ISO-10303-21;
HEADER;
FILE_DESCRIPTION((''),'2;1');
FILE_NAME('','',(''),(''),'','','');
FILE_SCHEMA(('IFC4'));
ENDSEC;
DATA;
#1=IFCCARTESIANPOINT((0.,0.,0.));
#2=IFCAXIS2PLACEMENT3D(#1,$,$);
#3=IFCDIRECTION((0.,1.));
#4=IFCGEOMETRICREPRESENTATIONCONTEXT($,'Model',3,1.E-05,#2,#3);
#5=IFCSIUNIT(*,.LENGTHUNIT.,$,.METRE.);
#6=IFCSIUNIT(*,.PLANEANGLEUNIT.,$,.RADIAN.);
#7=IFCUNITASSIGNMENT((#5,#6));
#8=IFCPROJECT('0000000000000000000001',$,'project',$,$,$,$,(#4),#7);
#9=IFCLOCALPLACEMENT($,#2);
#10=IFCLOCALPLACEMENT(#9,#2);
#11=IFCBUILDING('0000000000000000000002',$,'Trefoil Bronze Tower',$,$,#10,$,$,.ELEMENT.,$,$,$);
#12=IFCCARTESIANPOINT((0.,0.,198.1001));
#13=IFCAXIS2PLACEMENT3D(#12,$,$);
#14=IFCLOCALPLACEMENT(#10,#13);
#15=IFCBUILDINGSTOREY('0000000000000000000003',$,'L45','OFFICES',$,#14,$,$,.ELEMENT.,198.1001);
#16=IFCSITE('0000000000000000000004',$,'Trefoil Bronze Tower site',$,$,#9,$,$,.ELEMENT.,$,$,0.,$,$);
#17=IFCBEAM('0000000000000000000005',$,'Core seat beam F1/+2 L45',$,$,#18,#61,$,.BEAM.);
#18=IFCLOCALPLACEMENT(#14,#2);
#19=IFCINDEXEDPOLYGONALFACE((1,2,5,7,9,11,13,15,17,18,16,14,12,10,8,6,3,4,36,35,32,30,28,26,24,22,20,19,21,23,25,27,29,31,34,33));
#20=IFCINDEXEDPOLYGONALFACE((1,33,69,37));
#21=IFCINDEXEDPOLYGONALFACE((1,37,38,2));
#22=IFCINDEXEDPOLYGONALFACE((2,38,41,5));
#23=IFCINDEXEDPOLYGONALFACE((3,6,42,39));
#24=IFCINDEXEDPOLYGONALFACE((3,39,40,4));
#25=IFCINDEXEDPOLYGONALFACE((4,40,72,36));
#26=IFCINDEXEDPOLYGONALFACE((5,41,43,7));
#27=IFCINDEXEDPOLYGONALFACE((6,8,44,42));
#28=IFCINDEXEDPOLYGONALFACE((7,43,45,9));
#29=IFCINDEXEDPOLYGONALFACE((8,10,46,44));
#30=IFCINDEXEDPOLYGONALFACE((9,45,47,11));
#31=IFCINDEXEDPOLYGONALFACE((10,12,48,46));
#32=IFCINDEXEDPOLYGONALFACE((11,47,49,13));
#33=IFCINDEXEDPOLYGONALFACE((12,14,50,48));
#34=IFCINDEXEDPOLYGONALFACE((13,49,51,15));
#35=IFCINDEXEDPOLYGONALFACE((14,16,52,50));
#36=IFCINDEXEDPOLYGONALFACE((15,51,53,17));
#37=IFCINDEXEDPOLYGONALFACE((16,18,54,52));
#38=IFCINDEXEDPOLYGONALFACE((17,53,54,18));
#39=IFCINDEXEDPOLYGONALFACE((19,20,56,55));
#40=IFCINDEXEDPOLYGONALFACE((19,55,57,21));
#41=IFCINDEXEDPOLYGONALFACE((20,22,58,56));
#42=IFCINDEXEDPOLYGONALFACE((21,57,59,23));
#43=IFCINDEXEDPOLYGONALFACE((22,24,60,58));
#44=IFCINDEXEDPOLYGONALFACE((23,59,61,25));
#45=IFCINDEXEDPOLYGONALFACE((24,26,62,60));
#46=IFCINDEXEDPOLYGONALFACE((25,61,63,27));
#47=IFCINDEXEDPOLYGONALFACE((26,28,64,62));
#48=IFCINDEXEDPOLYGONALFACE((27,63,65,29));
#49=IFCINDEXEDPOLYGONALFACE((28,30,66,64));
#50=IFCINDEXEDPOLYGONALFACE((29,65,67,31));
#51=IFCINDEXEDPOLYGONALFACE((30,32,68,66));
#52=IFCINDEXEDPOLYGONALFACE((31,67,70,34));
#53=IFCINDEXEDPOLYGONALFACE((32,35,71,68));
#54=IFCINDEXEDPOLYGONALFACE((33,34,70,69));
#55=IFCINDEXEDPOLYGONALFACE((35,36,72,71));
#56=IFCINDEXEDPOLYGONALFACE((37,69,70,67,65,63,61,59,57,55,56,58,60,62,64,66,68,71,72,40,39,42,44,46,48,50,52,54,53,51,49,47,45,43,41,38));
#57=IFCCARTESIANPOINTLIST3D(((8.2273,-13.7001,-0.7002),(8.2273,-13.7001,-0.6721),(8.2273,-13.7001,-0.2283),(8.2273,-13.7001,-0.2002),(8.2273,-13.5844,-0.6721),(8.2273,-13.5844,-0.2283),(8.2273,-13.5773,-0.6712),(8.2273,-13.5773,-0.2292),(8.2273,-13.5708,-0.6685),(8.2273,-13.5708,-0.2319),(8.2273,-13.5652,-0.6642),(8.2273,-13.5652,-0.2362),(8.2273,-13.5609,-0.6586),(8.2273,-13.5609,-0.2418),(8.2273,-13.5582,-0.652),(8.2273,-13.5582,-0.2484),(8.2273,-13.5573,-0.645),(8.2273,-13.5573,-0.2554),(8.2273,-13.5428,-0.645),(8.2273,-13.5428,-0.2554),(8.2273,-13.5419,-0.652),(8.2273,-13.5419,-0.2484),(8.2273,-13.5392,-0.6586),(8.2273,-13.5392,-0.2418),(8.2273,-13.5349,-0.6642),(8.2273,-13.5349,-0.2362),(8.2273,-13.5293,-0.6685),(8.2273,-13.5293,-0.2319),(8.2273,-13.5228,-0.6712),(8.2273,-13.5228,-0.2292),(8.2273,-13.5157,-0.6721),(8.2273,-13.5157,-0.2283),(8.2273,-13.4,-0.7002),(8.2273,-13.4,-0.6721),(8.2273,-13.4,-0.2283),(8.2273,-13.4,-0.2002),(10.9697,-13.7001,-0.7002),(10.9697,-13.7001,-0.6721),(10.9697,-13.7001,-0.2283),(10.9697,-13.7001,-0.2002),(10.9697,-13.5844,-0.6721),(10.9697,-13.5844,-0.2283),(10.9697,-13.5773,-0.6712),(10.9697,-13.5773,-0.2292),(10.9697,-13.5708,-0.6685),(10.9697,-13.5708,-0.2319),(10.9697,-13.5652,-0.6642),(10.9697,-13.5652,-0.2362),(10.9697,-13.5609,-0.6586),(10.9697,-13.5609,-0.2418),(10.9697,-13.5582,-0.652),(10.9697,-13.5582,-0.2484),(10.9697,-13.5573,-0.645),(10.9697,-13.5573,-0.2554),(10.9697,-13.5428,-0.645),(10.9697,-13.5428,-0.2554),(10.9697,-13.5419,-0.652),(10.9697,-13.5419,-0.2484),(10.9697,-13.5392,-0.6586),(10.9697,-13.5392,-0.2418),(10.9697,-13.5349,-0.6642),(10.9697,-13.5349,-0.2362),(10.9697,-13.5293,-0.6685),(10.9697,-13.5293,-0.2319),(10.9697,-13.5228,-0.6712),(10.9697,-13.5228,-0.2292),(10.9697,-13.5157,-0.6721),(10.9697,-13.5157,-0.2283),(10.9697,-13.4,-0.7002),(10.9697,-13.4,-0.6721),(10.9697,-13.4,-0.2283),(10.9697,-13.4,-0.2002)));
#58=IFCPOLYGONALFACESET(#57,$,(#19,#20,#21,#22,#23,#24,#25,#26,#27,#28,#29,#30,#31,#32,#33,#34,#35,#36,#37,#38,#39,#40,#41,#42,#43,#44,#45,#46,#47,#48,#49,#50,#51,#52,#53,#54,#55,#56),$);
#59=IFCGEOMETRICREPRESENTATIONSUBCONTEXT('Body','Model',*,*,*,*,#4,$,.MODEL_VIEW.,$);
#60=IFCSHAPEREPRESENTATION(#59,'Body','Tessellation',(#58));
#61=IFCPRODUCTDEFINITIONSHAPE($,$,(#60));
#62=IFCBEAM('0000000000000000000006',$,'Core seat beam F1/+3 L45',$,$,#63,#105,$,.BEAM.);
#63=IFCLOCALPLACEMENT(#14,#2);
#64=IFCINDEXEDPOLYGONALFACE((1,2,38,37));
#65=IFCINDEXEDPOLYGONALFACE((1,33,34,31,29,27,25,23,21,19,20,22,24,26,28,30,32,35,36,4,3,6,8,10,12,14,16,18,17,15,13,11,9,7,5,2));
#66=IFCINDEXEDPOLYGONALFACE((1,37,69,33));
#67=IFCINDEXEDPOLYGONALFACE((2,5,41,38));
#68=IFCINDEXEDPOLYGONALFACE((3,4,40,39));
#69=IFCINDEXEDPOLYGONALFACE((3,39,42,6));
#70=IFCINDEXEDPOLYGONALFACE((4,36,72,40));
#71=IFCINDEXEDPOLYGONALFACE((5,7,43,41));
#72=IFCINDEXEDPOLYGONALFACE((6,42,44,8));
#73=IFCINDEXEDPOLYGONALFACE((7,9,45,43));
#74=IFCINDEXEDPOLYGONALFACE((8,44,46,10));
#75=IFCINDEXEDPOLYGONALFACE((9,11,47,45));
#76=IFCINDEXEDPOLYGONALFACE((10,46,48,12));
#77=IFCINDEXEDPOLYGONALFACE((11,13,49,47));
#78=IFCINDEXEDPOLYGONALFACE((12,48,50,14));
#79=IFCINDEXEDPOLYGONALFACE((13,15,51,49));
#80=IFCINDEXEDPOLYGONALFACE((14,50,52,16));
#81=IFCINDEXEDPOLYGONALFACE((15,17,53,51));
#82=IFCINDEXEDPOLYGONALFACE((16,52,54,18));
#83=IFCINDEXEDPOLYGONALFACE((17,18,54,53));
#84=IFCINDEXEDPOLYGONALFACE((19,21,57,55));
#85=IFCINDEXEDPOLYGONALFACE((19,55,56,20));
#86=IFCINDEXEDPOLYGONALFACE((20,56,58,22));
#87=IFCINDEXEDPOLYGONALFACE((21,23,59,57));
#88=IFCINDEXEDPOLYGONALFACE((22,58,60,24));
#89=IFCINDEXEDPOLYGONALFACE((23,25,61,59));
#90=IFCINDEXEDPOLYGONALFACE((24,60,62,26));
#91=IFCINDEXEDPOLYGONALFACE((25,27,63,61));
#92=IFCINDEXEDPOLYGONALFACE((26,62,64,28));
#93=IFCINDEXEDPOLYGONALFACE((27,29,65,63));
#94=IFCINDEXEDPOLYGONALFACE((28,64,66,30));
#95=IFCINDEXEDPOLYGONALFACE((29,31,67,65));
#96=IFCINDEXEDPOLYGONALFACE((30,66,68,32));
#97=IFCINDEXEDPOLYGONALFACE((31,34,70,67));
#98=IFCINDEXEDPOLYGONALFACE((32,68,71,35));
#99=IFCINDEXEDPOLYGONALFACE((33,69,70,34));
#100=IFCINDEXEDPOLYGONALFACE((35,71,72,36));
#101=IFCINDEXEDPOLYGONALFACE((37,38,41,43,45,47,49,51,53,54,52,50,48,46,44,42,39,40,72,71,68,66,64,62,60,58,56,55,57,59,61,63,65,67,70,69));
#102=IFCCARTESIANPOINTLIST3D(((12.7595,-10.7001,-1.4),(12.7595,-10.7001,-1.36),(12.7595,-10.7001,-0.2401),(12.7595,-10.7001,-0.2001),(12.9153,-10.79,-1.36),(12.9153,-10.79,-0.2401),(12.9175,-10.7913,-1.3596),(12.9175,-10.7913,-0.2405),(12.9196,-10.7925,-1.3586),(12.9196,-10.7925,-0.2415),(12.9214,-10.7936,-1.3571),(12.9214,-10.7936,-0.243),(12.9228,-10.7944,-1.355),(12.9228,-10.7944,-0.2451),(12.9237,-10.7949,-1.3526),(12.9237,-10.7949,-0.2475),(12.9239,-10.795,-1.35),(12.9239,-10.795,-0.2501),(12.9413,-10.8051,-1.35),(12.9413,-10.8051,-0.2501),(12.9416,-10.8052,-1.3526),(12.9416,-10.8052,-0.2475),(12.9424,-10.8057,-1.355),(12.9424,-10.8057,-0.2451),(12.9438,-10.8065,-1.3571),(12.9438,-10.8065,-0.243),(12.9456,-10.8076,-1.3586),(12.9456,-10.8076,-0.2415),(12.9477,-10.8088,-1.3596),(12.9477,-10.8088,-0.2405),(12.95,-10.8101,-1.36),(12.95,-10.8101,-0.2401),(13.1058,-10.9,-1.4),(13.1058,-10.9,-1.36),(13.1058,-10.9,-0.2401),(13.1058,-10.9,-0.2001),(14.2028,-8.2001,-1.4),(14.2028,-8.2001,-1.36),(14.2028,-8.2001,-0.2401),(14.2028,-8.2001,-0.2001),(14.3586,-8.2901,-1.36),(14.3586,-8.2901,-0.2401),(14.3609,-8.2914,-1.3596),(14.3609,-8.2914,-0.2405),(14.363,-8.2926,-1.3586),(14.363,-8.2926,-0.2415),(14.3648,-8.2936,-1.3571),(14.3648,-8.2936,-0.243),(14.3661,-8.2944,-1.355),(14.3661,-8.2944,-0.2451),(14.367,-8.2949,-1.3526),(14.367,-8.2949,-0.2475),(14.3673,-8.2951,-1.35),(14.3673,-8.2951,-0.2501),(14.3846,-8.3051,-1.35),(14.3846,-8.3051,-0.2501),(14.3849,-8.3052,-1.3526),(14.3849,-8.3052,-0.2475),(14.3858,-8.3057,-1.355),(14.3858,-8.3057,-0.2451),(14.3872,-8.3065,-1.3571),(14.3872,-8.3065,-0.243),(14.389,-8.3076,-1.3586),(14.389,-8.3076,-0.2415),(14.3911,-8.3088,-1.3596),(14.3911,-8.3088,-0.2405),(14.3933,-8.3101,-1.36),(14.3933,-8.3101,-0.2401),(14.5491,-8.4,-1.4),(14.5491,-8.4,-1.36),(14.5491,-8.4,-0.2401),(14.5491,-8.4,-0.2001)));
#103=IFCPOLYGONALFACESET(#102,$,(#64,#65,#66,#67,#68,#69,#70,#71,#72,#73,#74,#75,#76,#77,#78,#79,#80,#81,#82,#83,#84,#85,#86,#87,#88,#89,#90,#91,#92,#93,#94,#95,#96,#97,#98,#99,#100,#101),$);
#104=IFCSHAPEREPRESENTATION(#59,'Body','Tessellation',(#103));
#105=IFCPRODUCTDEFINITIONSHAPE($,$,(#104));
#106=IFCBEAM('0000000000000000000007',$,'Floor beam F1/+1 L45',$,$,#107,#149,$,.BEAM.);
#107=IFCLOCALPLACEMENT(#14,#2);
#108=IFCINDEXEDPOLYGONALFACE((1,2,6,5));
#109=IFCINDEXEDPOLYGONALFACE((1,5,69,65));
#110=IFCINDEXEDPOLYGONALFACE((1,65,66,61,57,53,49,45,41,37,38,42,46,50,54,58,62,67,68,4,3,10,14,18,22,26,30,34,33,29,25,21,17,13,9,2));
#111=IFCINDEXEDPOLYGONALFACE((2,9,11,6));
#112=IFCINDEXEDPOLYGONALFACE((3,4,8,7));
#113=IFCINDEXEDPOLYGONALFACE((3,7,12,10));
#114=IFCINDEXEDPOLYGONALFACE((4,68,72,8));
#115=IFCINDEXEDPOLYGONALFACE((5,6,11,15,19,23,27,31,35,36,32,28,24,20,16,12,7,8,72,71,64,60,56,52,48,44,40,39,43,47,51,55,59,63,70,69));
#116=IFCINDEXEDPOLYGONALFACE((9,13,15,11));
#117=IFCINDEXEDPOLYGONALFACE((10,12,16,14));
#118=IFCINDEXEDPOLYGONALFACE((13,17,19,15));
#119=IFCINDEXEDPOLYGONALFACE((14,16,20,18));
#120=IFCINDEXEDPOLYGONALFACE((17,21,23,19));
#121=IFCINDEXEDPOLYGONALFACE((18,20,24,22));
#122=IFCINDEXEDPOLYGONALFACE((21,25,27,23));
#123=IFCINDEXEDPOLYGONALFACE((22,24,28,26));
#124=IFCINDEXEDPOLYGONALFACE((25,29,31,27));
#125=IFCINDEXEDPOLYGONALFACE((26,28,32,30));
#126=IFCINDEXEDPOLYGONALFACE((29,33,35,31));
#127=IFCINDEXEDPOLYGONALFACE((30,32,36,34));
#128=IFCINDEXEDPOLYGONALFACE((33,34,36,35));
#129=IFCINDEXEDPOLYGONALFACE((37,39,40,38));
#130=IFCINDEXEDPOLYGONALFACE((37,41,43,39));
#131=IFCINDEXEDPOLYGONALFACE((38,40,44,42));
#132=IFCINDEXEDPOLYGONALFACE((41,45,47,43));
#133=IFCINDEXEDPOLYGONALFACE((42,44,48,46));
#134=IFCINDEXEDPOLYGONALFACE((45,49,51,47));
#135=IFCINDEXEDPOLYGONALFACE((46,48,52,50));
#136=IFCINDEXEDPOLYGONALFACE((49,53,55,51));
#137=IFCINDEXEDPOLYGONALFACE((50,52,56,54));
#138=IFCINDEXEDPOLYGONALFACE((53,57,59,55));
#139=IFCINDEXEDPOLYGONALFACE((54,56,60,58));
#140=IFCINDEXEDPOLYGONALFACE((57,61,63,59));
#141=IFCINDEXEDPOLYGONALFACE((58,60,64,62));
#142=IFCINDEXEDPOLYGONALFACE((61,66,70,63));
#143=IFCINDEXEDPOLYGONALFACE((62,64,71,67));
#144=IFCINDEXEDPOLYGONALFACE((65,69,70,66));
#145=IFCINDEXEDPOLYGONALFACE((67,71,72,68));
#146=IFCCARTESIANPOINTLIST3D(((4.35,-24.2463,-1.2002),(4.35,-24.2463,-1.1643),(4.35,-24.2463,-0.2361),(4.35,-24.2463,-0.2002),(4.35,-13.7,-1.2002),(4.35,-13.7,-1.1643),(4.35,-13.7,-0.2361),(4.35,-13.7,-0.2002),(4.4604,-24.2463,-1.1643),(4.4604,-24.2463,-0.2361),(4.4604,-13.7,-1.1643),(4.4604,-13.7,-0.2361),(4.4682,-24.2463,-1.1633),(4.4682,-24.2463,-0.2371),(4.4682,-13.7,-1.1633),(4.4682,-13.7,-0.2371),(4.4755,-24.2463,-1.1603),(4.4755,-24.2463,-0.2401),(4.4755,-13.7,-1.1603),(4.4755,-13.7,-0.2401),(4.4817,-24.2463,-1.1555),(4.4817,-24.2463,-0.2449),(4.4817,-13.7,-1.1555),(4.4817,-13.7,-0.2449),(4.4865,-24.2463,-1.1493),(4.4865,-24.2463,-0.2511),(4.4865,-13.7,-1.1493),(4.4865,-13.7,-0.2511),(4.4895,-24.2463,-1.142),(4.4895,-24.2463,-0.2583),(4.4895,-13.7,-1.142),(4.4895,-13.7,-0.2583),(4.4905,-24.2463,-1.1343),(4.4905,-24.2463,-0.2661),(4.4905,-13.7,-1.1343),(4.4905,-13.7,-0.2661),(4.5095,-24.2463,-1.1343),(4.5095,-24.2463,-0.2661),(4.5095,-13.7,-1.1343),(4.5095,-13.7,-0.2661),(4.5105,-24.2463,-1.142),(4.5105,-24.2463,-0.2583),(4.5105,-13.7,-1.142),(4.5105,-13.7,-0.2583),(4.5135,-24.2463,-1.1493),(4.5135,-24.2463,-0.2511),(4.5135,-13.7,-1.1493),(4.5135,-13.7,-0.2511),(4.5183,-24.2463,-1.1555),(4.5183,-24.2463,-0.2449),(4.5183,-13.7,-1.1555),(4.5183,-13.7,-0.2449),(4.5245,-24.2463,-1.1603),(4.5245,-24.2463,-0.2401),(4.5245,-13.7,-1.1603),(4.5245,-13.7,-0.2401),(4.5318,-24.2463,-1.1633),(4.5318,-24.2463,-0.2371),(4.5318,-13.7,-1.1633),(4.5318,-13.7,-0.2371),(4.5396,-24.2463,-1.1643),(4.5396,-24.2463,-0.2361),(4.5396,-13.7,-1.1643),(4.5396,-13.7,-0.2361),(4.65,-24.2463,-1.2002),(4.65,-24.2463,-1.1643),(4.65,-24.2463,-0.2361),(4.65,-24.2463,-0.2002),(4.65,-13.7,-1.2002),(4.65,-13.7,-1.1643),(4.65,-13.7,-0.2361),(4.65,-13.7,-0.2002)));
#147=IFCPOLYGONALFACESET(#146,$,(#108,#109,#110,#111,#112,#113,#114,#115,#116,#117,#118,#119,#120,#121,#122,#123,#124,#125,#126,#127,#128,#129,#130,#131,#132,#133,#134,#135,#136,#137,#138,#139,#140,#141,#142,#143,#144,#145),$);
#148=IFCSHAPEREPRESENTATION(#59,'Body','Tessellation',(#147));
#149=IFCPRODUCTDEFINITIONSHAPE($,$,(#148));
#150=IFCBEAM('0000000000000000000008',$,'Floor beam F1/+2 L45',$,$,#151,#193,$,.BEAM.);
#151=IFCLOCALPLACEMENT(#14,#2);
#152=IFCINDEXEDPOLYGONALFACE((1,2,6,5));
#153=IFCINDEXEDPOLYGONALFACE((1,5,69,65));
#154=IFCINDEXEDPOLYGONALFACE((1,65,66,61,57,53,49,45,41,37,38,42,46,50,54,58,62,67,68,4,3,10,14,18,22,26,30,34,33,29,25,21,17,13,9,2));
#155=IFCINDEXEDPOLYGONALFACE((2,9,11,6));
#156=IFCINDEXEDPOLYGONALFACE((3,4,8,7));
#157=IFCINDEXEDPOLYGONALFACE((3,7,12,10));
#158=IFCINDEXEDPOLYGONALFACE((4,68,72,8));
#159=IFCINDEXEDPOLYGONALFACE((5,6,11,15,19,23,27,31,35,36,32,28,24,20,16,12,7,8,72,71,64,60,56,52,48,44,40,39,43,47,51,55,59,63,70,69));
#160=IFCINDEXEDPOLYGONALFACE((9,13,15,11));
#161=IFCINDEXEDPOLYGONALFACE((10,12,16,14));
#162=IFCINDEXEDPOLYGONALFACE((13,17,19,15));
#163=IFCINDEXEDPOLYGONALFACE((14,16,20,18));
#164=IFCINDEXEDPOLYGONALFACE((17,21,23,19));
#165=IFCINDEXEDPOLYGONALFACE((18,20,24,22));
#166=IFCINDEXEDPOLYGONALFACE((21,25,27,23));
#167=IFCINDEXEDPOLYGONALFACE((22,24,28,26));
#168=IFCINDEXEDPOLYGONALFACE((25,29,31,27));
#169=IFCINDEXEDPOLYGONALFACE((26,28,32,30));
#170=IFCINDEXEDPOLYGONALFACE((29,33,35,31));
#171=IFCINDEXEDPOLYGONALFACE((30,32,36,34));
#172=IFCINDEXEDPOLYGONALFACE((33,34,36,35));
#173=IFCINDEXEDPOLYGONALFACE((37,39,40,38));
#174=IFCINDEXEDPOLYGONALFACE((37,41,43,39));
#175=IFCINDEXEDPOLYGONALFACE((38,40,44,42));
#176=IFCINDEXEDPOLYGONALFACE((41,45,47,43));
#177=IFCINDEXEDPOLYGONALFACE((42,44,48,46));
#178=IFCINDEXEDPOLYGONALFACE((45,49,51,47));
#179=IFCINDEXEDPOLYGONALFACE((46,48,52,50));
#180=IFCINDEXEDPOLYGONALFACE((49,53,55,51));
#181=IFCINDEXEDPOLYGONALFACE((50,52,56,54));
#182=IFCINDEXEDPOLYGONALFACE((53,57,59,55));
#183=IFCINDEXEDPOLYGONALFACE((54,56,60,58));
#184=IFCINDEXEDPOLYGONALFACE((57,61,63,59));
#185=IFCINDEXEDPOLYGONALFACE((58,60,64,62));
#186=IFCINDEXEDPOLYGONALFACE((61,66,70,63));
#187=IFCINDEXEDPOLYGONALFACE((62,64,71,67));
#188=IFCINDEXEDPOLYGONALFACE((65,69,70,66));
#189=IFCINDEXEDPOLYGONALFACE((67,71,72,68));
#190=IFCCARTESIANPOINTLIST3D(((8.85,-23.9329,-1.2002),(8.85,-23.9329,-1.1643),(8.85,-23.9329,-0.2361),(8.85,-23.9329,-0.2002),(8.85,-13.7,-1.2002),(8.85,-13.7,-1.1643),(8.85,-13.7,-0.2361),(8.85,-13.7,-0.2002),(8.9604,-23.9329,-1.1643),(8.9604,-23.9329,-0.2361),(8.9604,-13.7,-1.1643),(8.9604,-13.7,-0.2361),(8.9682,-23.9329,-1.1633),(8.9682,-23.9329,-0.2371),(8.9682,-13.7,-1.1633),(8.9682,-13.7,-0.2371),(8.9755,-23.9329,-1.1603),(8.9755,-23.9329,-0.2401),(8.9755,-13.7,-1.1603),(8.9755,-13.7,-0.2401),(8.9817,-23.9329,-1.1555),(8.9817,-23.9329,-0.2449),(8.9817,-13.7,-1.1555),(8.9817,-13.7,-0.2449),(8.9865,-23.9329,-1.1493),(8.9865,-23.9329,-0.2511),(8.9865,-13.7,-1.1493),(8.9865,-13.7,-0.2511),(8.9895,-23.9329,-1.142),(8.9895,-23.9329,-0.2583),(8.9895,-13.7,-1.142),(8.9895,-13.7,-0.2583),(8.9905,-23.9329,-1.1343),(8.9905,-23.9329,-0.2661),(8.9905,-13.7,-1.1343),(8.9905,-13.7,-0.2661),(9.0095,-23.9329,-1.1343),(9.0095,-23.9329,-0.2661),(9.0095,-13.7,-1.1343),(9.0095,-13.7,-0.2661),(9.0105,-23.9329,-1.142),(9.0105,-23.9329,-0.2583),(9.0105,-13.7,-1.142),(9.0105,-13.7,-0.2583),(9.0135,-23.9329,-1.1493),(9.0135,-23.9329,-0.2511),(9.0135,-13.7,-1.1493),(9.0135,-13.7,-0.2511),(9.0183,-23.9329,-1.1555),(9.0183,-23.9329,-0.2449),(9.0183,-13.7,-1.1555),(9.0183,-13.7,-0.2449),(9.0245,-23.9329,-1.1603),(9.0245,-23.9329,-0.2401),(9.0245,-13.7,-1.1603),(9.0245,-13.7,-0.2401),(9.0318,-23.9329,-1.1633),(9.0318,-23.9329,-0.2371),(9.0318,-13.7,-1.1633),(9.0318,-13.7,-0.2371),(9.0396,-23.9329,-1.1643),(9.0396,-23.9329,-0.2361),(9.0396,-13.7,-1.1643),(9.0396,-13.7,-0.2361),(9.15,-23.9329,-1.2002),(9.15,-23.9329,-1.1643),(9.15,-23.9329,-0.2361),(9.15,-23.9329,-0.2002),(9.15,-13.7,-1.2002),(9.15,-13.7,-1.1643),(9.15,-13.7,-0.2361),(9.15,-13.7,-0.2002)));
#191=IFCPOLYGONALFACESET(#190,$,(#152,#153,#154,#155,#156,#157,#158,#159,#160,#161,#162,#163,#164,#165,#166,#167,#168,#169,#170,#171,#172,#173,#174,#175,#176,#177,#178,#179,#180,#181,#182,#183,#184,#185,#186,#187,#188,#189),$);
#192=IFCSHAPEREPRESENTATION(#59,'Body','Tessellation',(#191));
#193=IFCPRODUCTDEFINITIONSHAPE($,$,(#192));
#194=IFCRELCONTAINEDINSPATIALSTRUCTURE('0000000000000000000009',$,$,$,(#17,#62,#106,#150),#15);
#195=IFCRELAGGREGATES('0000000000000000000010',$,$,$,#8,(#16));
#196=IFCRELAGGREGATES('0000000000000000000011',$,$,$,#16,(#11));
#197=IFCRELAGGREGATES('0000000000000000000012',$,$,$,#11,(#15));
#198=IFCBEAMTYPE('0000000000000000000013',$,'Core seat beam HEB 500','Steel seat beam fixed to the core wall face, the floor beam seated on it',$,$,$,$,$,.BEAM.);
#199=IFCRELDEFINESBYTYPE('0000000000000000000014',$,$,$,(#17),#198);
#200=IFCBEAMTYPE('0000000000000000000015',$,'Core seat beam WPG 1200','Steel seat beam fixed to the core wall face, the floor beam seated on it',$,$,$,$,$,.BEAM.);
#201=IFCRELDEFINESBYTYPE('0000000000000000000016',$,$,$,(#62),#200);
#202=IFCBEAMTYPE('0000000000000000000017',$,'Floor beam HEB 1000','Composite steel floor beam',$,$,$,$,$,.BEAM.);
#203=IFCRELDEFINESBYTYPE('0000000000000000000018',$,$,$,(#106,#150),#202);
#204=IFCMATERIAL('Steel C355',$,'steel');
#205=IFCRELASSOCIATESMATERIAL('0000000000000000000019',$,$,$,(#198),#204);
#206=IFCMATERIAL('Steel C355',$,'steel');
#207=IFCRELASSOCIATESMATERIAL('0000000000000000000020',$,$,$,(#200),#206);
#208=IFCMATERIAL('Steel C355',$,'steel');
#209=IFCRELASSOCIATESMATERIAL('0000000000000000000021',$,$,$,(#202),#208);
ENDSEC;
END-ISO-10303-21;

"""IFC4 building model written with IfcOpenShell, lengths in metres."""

from ifc_helpers import new_model, si_unit, direction, frame, origin, origin_2d, place, context, subcontext, project, spatial, i_section, extrude, material, material_profile, profile_set, type_object, element, save


model = new_model("IFC4")

# Units and contexts
model_context = context("Model", 3, precision=1e-05, world=origin(), true_north=direction((0.0, 1.0)))
body_context = subcontext(model_context, "Body", "Model", "MODEL_VIEW")
ifc_project = project(units=[si_unit("LENGTHUNIT", "METRE"), si_unit("PLANEANGLEUNIT", "RADIAN")], contexts=[model_context])

# Site, building, storey
site_placement = place(None, origin())
site = spatial("IfcSite", under=ifc_project, at=site_placement, Name="Trefoil Bronze Tower site", CompositionType="ELEMENT", RefElevation=0.0)
building_placement = place(site_placement, origin())
building = spatial("IfcBuilding", under=site, at=building_placement, Name="Trefoil Bronze Tower", CompositionType="ELEMENT")
storey_placement = place(building_placement, frame((0.0, 0.0, 198.1001)))
storey = spatial("IfcBuildingStorey", under=building, at=storey_placement, Name="L45", Description="OFFICES", CompositionType="ELEMENT", Elevation=198.1001)

# Beams
ifc_material_1 = material(Name="Steel C355", Category="steel")
ifc_material_profile_1 = material_profile(ifc_material_1, i_section(OverallWidth=0.3, OverallDepth=0.5, WebThickness=0.0144, FlangeThickness=0.0281, FilletRadius=0.0271, at=origin_2d()), Name="HEB 500")
ifc_profile_set_1 = profile_set([ifc_material_profile_1], Name="Steel C355")
beam_type_1 = type_object("IfcBeamType", Name="Core seat beam HEB 500", Description="Steel seat beam fixed to the core wall face, the floor beam seated on it", PredefinedType="BEAM", material=ifc_profile_set_1)
for number, where, z_axis, x_axis, name in (
    (1, (8.2273, -13.55, -0.4502), (1.0, 0.0, 0.0), (0.0, 1.0, 0.0), "Core seat beam F1/+2 L45"),
):
    element("IfcBeam", number, at=place(storey_placement, frame(where, z_axis=z_axis, x_axis=x_axis)), inside=storey, type_object=beam_type_1, Name=name, PredefinedType="BEAM", context=body_context, shape_type="SweptSolid", body=[
        extrude(i_section(OverallWidth=0.3, OverallDepth=0.5, WebThickness=0.0144, FlangeThickness=0.0281, FilletRadius=0.0271, at=origin_2d()), origin(), (0.0, 0.0, 1.0), 2.7424),
    ])
ifc_material_2 = material(Name="Steel C355", Category="steel")
ifc_material_profile_2 = material_profile(ifc_material_2, i_section(OverallWidth=0.3999, OverallDepth=1.2, WebThickness=0.02, FlangeThickness=0.04, FilletRadius=0.01, at=origin_2d()), Name="WPG 1200")
ifc_profile_set_2 = profile_set([ifc_material_profile_2], Name="Steel C355")
beam_type_2 = type_object("IfcBeamType", Name="Core seat beam WPG 1200", Description="Steel seat beam fixed to the core wall face, the floor beam seated on it", PredefinedType="BEAM", material=ifc_profile_set_2)
beam_1_placement = place(storey_placement, frame((12.9326, -10.8, -0.8), z_axis=(0.499996, 0.866028, 0.0), x_axis=(-0.866028, 0.499996, 0.0)))
element("IfcBeam", 2, at=beam_1_placement, inside=storey, type_object=beam_type_2, Name="Core seat beam F1/+3 L45", PredefinedType="BEAM", context=body_context, shape_type="SweptSolid", body=[
    extrude(i_section(OverallWidth=0.3999, OverallDepth=1.2, WebThickness=0.02, FlangeThickness=0.04, FilletRadius=0.01, at=origin_2d()), origin(), (0.0, 0.0, 1.0), 2.8867),
])
ifc_material_3 = material(Name="Steel C355", Category="steel")
ifc_material_profile_3 = material_profile(ifc_material_3, i_section(OverallWidth=0.3, OverallDepth=1.0, WebThickness=0.019, FlangeThickness=0.0359, FilletRadius=0.03, at=origin_2d()), Name="HEB 1000")
ifc_profile_set_3 = profile_set([ifc_material_profile_3], Name="Steel C355")
beam_type_3 = type_object("IfcBeamType", Name="Floor beam HEB 1000", Description="Composite steel floor beam", PredefinedType="BEAM", material=ifc_profile_set_3)
beam_2_placement = place(storey_placement, frame((4.5, -24.2463, -0.7002), z_axis=(0.0, 1.0, 0.0), x_axis=(-1.0, 0.0, 0.0)))
element("IfcBeam", 3, at=beam_2_placement, inside=storey, type_object=beam_type_3, Name="Floor beam F1/+1 L45", PredefinedType="BEAM", context=body_context, shape_type="SweptSolid", body=[
    extrude(i_section(OverallWidth=0.3, OverallDepth=1.0, WebThickness=0.019, FlangeThickness=0.0359, FilletRadius=0.03, at=origin_2d()), origin(), (0.0, 0.0, 1.0), 10.5464),
])
beam_3_placement = place(storey_placement, frame((9.0, -23.9329, -0.7002), z_axis=(0.0, 1.0, 0.0), x_axis=(-1.0, 0.0, 0.0)))
element("IfcBeam", 4, at=beam_3_placement, inside=storey, type_object=beam_type_3, Name="Floor beam F1/+2 L45", PredefinedType="BEAM", context=body_context, shape_type="SweptSolid", body=[
    extrude(i_section(OverallWidth=0.3, OverallDepth=1.0, WebThickness=0.019, FlangeThickness=0.0359, FilletRadius=0.03, at=origin_2d()), origin(), (0.0, 0.0, 1.0), 10.2329),
])

save(model, "model.ifc")
